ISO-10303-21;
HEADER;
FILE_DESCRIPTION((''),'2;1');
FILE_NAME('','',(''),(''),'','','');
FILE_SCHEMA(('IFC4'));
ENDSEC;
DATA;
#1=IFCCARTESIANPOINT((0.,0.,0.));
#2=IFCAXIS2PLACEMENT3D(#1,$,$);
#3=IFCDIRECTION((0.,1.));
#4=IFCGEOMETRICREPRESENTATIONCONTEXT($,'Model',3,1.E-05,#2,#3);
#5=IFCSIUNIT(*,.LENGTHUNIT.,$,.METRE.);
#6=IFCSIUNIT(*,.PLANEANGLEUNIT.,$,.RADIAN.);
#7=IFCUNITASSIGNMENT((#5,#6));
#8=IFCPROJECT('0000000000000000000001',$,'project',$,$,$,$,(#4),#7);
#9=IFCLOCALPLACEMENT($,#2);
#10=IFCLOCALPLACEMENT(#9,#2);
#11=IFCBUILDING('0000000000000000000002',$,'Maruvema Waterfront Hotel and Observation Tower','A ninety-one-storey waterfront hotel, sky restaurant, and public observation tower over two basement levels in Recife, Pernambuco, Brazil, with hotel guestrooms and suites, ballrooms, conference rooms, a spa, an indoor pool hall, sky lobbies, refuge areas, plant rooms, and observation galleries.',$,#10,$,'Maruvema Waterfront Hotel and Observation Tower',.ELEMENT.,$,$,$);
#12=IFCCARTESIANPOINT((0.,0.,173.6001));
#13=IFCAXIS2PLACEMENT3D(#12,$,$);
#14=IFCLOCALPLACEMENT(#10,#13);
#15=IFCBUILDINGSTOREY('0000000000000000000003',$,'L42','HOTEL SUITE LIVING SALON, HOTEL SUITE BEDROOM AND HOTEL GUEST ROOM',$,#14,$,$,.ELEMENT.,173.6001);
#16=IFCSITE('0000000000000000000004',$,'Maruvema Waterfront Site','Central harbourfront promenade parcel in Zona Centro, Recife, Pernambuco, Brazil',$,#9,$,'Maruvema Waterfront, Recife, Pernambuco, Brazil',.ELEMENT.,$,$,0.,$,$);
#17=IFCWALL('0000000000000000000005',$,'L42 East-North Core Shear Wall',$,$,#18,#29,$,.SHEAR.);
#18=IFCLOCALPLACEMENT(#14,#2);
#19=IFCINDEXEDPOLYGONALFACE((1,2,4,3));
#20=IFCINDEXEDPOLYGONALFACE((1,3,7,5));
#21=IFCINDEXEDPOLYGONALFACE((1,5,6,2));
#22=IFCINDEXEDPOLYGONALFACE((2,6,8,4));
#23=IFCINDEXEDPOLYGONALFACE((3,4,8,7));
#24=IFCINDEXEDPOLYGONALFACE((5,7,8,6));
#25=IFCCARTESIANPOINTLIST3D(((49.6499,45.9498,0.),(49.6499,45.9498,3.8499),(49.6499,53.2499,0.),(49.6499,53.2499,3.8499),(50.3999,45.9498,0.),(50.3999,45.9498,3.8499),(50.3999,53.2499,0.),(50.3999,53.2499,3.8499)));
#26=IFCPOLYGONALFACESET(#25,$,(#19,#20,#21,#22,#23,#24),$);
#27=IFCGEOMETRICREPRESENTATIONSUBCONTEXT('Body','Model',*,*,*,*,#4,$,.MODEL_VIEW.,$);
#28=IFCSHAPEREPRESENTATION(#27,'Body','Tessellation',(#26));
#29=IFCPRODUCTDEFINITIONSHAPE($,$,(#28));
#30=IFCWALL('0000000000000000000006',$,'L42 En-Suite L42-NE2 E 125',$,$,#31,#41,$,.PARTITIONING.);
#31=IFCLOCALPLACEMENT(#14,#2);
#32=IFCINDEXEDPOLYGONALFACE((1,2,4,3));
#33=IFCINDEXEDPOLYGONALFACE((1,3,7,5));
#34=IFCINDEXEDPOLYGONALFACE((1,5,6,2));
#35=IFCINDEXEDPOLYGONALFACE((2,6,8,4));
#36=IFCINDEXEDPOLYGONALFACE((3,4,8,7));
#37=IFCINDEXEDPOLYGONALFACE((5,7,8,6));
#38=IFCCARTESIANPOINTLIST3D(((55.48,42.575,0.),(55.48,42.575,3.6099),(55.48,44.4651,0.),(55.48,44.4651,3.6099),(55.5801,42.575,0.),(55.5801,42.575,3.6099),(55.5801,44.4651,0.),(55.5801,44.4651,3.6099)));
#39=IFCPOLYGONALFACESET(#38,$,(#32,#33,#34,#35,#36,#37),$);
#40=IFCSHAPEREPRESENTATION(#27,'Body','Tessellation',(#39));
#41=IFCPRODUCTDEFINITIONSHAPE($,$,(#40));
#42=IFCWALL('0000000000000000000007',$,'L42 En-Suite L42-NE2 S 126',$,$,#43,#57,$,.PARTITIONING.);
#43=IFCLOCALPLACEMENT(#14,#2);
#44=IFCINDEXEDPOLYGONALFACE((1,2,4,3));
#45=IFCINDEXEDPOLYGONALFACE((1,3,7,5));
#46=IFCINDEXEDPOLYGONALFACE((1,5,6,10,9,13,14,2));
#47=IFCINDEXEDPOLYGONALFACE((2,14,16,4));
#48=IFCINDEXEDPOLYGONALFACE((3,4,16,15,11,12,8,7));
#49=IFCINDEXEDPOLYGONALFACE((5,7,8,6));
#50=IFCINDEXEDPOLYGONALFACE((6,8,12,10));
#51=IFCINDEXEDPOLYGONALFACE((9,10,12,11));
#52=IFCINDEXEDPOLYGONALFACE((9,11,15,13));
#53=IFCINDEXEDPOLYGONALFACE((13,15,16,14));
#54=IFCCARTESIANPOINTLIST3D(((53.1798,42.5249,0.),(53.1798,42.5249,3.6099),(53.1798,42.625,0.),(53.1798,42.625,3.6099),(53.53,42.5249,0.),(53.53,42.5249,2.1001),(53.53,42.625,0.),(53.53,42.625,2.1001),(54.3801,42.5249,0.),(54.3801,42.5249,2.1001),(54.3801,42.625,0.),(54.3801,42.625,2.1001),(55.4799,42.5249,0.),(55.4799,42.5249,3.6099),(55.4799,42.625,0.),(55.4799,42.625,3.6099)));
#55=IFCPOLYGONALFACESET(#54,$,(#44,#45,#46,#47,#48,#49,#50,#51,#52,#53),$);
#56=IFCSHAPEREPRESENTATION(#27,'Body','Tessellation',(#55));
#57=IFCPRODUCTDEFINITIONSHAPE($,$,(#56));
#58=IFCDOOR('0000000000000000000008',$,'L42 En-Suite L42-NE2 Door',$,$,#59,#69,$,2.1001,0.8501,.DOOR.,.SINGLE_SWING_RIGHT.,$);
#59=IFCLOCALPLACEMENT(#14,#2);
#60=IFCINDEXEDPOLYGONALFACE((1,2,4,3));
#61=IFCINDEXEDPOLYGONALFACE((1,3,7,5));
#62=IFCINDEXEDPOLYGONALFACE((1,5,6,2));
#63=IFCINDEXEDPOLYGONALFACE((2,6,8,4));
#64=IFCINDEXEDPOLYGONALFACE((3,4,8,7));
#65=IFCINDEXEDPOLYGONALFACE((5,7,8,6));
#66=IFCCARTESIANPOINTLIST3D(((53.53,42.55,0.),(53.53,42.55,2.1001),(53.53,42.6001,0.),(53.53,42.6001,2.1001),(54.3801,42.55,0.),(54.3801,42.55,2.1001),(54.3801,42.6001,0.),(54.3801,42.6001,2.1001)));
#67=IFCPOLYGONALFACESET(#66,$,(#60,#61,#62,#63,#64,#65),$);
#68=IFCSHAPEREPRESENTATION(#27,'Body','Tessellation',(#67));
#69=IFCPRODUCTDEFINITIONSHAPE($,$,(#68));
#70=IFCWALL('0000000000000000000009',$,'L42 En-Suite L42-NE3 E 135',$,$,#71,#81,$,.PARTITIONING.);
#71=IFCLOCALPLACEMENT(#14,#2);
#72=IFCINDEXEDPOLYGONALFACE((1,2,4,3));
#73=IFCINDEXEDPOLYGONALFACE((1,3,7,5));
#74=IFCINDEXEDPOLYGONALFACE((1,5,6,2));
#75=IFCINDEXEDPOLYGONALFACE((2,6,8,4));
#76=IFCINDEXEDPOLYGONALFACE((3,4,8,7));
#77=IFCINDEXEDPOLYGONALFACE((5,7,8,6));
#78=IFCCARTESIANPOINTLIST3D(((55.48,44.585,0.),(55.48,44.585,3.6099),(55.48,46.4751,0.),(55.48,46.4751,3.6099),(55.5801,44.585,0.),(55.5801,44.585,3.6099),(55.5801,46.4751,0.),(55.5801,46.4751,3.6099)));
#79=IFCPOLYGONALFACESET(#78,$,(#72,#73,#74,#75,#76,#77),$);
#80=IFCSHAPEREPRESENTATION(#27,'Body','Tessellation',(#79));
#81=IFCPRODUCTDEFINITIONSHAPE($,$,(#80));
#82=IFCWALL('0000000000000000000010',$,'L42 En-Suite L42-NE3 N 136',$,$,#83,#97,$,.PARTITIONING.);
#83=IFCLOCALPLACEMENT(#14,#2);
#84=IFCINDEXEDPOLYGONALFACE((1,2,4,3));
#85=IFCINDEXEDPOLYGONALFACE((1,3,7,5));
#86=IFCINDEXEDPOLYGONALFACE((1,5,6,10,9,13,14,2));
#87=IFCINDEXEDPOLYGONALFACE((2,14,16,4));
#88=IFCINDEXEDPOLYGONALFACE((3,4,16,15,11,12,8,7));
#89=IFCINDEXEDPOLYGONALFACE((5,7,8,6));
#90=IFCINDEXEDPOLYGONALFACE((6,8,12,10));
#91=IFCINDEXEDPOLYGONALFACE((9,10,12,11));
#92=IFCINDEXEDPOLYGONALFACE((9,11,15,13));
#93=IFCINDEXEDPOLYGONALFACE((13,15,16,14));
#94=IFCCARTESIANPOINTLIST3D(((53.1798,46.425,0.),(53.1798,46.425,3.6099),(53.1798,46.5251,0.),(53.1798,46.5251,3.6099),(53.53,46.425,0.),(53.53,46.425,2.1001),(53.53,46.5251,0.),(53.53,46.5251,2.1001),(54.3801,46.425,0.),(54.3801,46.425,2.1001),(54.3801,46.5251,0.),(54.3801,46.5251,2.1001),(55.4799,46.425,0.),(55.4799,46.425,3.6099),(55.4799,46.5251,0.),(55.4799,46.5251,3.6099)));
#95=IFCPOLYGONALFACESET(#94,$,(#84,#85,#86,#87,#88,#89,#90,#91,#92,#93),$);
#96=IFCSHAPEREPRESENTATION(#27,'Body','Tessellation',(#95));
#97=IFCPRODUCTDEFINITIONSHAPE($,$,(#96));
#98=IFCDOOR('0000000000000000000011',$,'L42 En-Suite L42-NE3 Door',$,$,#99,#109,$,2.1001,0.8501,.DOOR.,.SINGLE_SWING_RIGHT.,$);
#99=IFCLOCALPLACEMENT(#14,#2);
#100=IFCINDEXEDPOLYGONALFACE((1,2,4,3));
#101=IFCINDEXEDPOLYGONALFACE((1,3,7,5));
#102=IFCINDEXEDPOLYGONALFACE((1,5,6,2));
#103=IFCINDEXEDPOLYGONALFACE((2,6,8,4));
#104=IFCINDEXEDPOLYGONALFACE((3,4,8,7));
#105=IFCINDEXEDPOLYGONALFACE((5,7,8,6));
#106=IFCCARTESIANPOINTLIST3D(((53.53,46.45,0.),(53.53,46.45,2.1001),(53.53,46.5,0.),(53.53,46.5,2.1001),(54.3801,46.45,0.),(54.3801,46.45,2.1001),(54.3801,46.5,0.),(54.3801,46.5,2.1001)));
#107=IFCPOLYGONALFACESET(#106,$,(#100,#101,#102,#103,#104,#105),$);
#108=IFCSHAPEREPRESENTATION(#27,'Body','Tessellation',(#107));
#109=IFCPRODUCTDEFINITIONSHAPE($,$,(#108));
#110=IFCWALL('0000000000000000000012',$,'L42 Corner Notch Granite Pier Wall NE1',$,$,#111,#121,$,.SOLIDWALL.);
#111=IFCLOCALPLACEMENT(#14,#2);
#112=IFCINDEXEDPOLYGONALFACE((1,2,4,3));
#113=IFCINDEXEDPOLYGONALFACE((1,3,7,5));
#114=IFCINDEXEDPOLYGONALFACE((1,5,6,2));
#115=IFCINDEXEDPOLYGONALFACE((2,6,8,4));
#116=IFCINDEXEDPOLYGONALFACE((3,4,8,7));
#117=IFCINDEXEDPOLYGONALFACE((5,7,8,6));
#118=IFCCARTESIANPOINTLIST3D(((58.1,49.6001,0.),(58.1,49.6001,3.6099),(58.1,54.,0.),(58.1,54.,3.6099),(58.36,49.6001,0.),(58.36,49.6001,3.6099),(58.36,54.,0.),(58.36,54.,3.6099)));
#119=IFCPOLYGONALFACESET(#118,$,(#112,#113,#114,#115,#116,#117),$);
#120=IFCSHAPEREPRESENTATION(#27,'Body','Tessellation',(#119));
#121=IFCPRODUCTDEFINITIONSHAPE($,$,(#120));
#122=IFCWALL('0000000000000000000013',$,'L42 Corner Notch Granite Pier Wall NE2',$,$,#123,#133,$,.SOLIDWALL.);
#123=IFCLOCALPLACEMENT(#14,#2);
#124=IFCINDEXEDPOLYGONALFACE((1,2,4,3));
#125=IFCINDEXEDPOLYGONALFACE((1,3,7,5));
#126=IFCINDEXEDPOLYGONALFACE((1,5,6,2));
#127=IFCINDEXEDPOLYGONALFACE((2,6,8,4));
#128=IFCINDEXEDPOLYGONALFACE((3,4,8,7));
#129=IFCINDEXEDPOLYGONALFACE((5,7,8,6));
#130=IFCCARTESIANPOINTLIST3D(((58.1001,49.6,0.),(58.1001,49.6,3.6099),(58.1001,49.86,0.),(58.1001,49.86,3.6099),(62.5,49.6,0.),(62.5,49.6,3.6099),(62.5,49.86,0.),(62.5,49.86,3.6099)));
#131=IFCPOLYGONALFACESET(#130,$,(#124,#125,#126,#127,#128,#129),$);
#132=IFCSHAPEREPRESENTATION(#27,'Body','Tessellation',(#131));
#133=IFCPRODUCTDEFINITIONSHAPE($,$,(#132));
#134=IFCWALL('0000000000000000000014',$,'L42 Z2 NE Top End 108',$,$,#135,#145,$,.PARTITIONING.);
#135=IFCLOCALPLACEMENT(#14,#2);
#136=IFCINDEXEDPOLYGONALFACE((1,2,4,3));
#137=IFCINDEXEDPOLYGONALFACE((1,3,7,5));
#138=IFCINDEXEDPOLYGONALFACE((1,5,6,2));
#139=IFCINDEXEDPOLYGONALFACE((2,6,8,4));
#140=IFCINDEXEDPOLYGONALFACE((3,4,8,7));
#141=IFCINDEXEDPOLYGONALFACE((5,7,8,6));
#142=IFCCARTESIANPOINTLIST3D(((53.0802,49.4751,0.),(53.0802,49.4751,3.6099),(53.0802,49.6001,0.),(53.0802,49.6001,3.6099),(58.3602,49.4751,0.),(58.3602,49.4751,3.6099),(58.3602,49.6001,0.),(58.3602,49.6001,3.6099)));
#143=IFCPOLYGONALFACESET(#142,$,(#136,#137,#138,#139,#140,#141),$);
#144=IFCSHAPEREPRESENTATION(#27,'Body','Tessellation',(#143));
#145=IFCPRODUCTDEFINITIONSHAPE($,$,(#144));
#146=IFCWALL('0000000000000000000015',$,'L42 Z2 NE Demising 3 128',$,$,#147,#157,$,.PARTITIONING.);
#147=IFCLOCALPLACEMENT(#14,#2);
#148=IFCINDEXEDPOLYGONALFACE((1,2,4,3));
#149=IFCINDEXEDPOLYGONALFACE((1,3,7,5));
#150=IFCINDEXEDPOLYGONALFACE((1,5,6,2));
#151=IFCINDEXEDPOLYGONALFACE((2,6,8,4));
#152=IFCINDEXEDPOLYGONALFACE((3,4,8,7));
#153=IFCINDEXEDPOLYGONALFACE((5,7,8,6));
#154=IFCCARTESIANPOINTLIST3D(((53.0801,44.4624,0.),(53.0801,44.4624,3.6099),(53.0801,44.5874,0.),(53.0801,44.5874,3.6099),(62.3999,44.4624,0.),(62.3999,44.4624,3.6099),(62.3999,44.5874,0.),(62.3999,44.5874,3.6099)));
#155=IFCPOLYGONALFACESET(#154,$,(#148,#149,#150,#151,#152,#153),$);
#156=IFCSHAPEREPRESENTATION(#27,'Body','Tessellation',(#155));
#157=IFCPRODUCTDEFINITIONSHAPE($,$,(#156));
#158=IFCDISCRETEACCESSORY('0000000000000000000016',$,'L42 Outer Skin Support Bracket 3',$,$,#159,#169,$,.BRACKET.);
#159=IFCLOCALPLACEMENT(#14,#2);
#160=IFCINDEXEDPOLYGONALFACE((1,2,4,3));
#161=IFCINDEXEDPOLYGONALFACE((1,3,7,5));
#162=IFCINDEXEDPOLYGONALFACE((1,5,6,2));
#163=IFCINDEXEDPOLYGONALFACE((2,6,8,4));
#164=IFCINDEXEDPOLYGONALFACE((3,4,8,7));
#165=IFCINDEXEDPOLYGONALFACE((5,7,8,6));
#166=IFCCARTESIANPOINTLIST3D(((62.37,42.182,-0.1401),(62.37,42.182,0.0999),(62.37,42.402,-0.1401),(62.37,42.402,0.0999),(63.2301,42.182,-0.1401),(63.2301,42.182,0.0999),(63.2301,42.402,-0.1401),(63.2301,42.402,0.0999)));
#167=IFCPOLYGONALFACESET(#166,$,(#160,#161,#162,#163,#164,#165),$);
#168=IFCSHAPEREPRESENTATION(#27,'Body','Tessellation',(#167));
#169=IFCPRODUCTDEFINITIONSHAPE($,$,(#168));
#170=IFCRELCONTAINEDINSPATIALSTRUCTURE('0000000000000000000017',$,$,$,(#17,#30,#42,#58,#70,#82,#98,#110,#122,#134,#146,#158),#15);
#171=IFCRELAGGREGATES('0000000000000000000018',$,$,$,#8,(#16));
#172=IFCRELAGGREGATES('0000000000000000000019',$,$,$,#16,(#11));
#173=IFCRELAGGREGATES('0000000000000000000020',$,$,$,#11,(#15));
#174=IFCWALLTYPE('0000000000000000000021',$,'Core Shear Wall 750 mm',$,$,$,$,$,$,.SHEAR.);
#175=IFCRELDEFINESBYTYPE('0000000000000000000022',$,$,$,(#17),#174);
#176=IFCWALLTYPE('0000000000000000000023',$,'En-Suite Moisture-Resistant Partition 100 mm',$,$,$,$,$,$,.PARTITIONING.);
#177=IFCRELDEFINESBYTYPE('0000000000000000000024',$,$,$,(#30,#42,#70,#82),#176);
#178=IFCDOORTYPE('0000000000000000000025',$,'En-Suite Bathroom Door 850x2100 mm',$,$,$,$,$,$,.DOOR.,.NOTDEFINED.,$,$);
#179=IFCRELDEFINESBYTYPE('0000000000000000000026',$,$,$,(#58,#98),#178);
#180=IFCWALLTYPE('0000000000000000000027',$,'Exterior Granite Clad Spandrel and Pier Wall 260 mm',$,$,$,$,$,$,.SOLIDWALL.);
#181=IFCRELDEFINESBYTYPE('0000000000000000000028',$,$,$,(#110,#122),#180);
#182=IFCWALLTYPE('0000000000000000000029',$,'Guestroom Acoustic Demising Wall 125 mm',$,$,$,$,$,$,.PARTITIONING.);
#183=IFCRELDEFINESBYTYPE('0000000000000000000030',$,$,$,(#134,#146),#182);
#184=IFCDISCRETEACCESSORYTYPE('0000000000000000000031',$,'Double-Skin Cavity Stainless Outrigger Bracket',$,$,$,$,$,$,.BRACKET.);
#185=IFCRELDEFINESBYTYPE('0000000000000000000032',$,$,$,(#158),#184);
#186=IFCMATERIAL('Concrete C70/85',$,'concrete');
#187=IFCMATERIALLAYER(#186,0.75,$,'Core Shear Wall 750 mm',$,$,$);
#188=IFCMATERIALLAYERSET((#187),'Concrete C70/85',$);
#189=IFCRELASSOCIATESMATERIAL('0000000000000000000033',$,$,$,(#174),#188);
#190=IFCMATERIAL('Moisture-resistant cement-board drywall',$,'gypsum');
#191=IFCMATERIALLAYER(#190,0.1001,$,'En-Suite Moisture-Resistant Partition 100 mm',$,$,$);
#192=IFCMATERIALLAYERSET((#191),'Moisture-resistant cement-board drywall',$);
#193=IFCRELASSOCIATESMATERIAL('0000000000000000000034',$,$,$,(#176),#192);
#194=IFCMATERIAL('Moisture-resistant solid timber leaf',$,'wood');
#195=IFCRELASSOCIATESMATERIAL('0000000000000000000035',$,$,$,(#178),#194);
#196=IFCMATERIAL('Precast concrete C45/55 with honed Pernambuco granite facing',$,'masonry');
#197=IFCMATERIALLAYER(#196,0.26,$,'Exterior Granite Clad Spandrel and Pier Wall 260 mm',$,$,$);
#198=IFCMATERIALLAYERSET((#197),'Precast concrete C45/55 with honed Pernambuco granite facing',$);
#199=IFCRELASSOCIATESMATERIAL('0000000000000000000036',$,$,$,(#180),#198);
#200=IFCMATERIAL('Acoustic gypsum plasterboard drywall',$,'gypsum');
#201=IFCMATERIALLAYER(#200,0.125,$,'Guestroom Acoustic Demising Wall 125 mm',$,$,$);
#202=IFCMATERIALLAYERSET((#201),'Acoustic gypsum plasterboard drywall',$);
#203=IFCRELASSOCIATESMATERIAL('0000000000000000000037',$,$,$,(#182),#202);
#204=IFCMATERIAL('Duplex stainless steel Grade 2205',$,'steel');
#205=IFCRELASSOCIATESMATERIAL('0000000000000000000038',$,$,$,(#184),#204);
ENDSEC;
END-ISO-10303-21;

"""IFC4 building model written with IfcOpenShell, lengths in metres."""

from ifc_helpers import new_model, si_unit, direction, frame, frame_2d, origin, origin_2d, place, context, subcontext, project, spatial, rectangle, extrude, material, layer, layer_set, type_object, element, fill, save


model = new_model("IFC4")

# Units and contexts
model_context = context("Model", 3, precision=1e-05, world=origin(), true_north=direction((0.0, 1.0)))
body_context = subcontext(model_context, "Body", "Model", "MODEL_VIEW")
ifc_project = project(units=[si_unit("LENGTHUNIT", "METRE"), si_unit("PLANEANGLEUNIT", "RADIAN")], contexts=[model_context])

# Site, building, storey
site_placement = place(None, origin())
site = spatial("IfcSite", under=ifc_project, at=site_placement, Name="Maruvema Waterfront Site", Description="Central harbourfront promenade parcel in Zona Centro, Recife, Pernambuco, Brazil", LongName="Maruvema Waterfront, Recife, Pernambuco, Brazil", CompositionType="ELEMENT", RefElevation=0.0)
building_placement = place(site_placement, origin())
building = spatial("IfcBuilding", under=site, at=building_placement, Name="Maruvema Waterfront Hotel and Observation Tower", Description="A ninety-one-storey waterfront hotel, sky restaurant, and public observation tower over two basement levels in Recife, Pernambuco, Brazil, with hotel guestrooms and suites, ballrooms, conference rooms, a spa, an indoor pool hall, sky lobbies, refuge areas, plant rooms, and observation galleries.", LongName="Maruvema Waterfront Hotel and Observation Tower", CompositionType="ELEMENT")
storey_placement = place(building_placement, frame((0.0, 0.0, 173.6001)))
storey = spatial("IfcBuildingStorey", under=building, at=storey_placement, Name="L42", Description="HOTEL SUITE LIVING SALON, HOTEL SUITE BEDROOM AND HOTEL GUEST ROOM", CompositionType="ELEMENT", Elevation=173.6001)

# Walls
ifc_material_1 = material(Name="Concrete C70/85", Category="concrete")
ifc_layer_1 = layer(ifc_material_1, 0.75, Name="Core Shear Wall 750 mm")
ifc_layer_set_1 = layer_set([ifc_layer_1], Name="Concrete C70/85")
wall_type_1 = type_object("IfcWallType", Name="Core Shear Wall 750 mm", PredefinedType="SHEAR", material=ifc_layer_set_1)
wall_1_placement = place(storey_placement, frame((50.0249, 45.95, 0.0), z_axis=(0.0, 0.0, 1.0), x_axis=(0.0, 1.0, 0.0)))
element("IfcWall", 1, at=wall_1_placement, inside=storey, type_object=wall_type_1, Name="L42 East-North Core Shear Wall", PredefinedType="SHEAR", context=body_context, shape_type="SweptSolid", body=[
    extrude(rectangle(XDim=7.3, YDim=0.75, at=frame_2d((3.6499, 0.0))), origin(), (0.0, 0.0, 1.0), 3.8499),
])
ifc_material_2 = material(Name="Moisture-resistant cement-board drywall", Category="gypsum")
ifc_layer_2 = layer(ifc_material_2, 0.1001, Name="En-Suite Moisture-Resistant Partition 100 mm")
ifc_layer_set_2 = layer_set([ifc_layer_2], Name="Moisture-resistant cement-board drywall")
wall_type_2 = type_object("IfcWallType", Name="En-Suite Moisture-Resistant Partition 100 mm", PredefinedType="PARTITIONING", material=ifc_layer_set_2)
wall_2_placement = place(storey_placement, frame((55.53, 42.575, 0.0), z_axis=(0.0, 0.0, 1.0), x_axis=(0.0, 1.0, 0.0)))
element("IfcWall", 2, at=wall_2_placement, inside=storey, type_object=wall_type_2, Name="L42 En-Suite L42-NE2 E 125", PredefinedType="PARTITIONING", context=body_context, shape_type="SweptSolid", body=[
    extrude(rectangle(XDim=1.8901, YDim=0.1001, at=frame_2d((0.9451, 0.0))), origin(), (0.0, 0.0, 1.0), 3.6099),
])

# Wall, opening, door
wall_3_placement = place(storey_placement, frame((53.1799, 42.575, 0.0), z_axis=(0.0, 0.0, 1.0), x_axis=(1.0, 0.0, 0.0)))
wall_3 = element("IfcWall", 3, at=wall_3_placement, inside=storey, type_object=wall_type_2, Name="L42 En-Suite L42-NE2 S 126", PredefinedType="PARTITIONING", context=body_context, shape_type="SweptSolid", body=[
    extrude(rectangle(XDim=2.3, YDim=0.1001, at=frame_2d((1.1499, 0.0))), origin(), (0.0, 0.0, 1.0), 3.6099),
])
opening_1_placement = place(wall_3_placement, frame((0.3501, 0.0, 0.0)))
opening_1 = element("IfcOpeningElement", 4, at=opening_1_placement, cuts=wall_3, PredefinedType="OPENING", context=body_context, shape_type="SweptSolid", body=[
    extrude(rectangle(XDim=0.8501, YDim=2.1001, at=frame_2d((0.425, 1.05))), frame((0.0, 0.0601, 0.0), z_axis=(0.0, -1.0, 0.0), x_axis=(1.0, 0.0, 0.0)), (0.0, 0.0, 1.0), 0.1201),
])
ifc_material_3 = material(Name="Moisture-resistant solid timber leaf", Category="wood")
door_type_1 = type_object("IfcDoorType", Name="En-Suite Bathroom Door 850x2100 mm", OperationType="NOTDEFINED", PredefinedType="DOOR", material=ifc_material_3)
door_1_placement = place(opening_1_placement, frame((0.8501, 0.0, 0.0), z_axis=(0.0, 0.0, 1.0), x_axis=(-1.0, 0.0, 0.0)))
door_1 = element("IfcDoor", 5, at=door_1_placement, inside=storey, type_object=door_type_1, Name="L42 En-Suite L42-NE2 Door", OperationType="SINGLE_SWING_RIGHT", OverallHeight=2.1001, OverallWidth=0.8501, PredefinedType="DOOR", context=body_context, shape_type="SweptSolid", body=[
    extrude(rectangle(XDim=0.8501, YDim=2.1001, at=frame_2d((0.425, 1.05))), frame((0.0, 0.0249, 0.0), z_axis=(0.0, -1.0, 0.0), x_axis=(1.0, 0.0, 0.0)), (0.0, 0.0, 1.0), 0.05),
])
fill(opening_1, door_1)

# Wall
wall_4_placement = place(storey_placement, frame((55.53, 44.585, 0.0), z_axis=(0.0, 0.0, 1.0), x_axis=(0.0, 1.0, 0.0)))
element("IfcWall", 6, at=wall_4_placement, inside=storey, type_object=wall_type_2, Name="L42 En-Suite L42-NE3 E 135", PredefinedType="PARTITIONING", context=body_context, shape_type="SweptSolid", body=[
    extrude(rectangle(XDim=1.8901, YDim=0.1001, at=frame_2d((0.9451, 0.0))), origin(), (0.0, 0.0, 1.0), 3.6099),
])

# Wall, opening, door
wall_5_placement = place(storey_placement, frame((53.1799, 46.4751, 0.0), z_axis=(0.0, 0.0, 1.0), x_axis=(1.0, 0.0, 0.0)))
wall_5 = element("IfcWall", 7, at=wall_5_placement, inside=storey, type_object=wall_type_2, Name="L42 En-Suite L42-NE3 N 136", PredefinedType="PARTITIONING", context=body_context, shape_type="SweptSolid", body=[
    extrude(rectangle(XDim=2.3, YDim=0.1001, at=frame_2d((1.1499, 0.0))), origin(), (0.0, 0.0, 1.0), 3.6099),
])
opening_2_placement = place(wall_5_placement, frame((0.3501, 0.0, 0.0)))
opening_2 = element("IfcOpeningElement", 8, at=opening_2_placement, cuts=wall_5, PredefinedType="OPENING", context=body_context, shape_type="SweptSolid", body=[
    extrude(rectangle(XDim=0.8501, YDim=2.1001, at=frame_2d((0.425, 1.05))), frame((0.0, 0.0601, 0.0), z_axis=(0.0, -1.0, 0.0), x_axis=(1.0, 0.0, 0.0)), (0.0, 0.0, 1.0), 0.1201),
])
door_2_placement = place(opening_2_placement, origin())
door_2 = element("IfcDoor", 9, at=door_2_placement, inside=storey, type_object=door_type_1, Name="L42 En-Suite L42-NE3 Door", OperationType="SINGLE_SWING_RIGHT", OverallHeight=2.1001, OverallWidth=0.8501, PredefinedType="DOOR", context=body_context, shape_type="SweptSolid", body=[
    extrude(rectangle(XDim=0.8501, YDim=2.1001, at=frame_2d((0.425, 1.05))), frame((0.0, 0.0249, 0.0), z_axis=(0.0, -1.0, 0.0), x_axis=(1.0, 0.0, 0.0)), (0.0, 0.0, 1.0), 0.05),
])
fill(opening_2, door_2)

# Walls
ifc_material_4 = material(Name="Precast concrete C45/55 with honed Pernambuco granite facing", Category="masonry")
ifc_layer_3 = layer(ifc_material_4, 0.26, Name="Exterior Granite Clad Spandrel and Pier Wall 260 mm")
ifc_layer_set_3 = layer_set([ifc_layer_3], Name="Precast concrete C45/55 with honed Pernambuco granite facing")
wall_type_3 = type_object("IfcWallType", Name="Exterior Granite Clad Spandrel and Pier Wall 260 mm", PredefinedType="SOLIDWALL", material=ifc_layer_set_3)
for number, where, z_axis, x_axis, name in (
    (10, (58.23, 54.0, 0.0), (0.0, 0.0, 1.0), (0.0, -1.0, 0.0), "L42 Corner Notch Granite Pier Wall NE1"),
    (11, (58.1001, 49.73, 0.0), (0.0, 0.0, 1.0), (1.0, 0.0, 0.0), "L42 Corner Notch Granite Pier Wall NE2"),
):
    element("IfcWall", number, at=place(storey_placement, frame(where, z_axis=z_axis, x_axis=x_axis)), inside=storey, type_object=wall_type_3, Name=name, PredefinedType="SOLIDWALL", context=body_context, shape_type="SweptSolid", body=[
        extrude(rectangle(XDim=4.3999, YDim=0.26, at=frame_2d((2.2, 0.0))), origin(), (0.0, 0.0, 1.0), 3.6099),
    ])
ifc_material_5 = material(Name="Acoustic gypsum plasterboard drywall", Category="gypsum")
ifc_layer_4 = layer(ifc_material_5, 0.125, Name="Guestroom Acoustic Demising Wall 125 mm")
ifc_layer_set_4 = layer_set([ifc_layer_4], Name="Acoustic gypsum plasterboard drywall")
wall_type_4 = type_object("IfcWallType", Name="Guestroom Acoustic Demising Wall 125 mm", PredefinedType="PARTITIONING", material=ifc_layer_set_4)
wall_6_placement = place(storey_placement, frame((53.0801, 49.5376, 0.0), z_axis=(0.0, 0.0, 1.0), x_axis=(1.0, 0.0, 0.0)))
element("IfcWall", 12, at=wall_6_placement, inside=storey, type_object=wall_type_4, Name="L42 Z2 NE Top End 108", PredefinedType="PARTITIONING", context=body_context, shape_type="SweptSolid", body=[
    extrude(rectangle(XDim=5.28, YDim=0.125, at=frame_2d((2.6401, 0.0))), origin(), (0.0, 0.0, 1.0), 3.6099),
])
wall_7_placement = place(storey_placement, frame((53.0801, 44.5249, 0.0), z_axis=(0.0, 0.0, 1.0), x_axis=(1.0, 0.0, 0.0)))
element("IfcWall", 13, at=wall_7_placement, inside=storey, type_object=wall_type_4, Name="L42 Z2 NE Demising 3 128", PredefinedType="PARTITIONING", context=body_context, shape_type="SweptSolid", body=[
    extrude(rectangle(XDim=9.3198, YDim=0.125, at=frame_2d((4.6599, 0.0))), origin(), (0.0, 0.0, 1.0), 3.6099),
])

# Discrete accessory
ifc_material_6 = material(Name="Duplex stainless steel Grade 2205", Category="steel")
discrete_accessory_type = type_object("IfcDiscreteAccessoryType", Name="Double-Skin Cavity Stainless Outrigger Bracket", PredefinedType="BRACKET", material=ifc_material_6)
discrete_accessory_placement = place(storey_placement, frame((62.8, 42.292, -0.1401), z_axis=(0.0, 0.0, 1.0), x_axis=(0.0, 1.0, 0.0)))
element("IfcDiscreteAccessory", 14, at=discrete_accessory_placement, inside=storey, type_object=discrete_accessory_type, Name="L42 Outer Skin Support Bracket 3", PredefinedType="BRACKET", context=body_context, shape_type="SweptSolid", body=[
    extrude(rectangle(XDim=0.22, YDim=0.8601, at=origin_2d()), origin(), (0.0, 0.0, 1.0), 0.24),
])

save(model, "model.ifc")
